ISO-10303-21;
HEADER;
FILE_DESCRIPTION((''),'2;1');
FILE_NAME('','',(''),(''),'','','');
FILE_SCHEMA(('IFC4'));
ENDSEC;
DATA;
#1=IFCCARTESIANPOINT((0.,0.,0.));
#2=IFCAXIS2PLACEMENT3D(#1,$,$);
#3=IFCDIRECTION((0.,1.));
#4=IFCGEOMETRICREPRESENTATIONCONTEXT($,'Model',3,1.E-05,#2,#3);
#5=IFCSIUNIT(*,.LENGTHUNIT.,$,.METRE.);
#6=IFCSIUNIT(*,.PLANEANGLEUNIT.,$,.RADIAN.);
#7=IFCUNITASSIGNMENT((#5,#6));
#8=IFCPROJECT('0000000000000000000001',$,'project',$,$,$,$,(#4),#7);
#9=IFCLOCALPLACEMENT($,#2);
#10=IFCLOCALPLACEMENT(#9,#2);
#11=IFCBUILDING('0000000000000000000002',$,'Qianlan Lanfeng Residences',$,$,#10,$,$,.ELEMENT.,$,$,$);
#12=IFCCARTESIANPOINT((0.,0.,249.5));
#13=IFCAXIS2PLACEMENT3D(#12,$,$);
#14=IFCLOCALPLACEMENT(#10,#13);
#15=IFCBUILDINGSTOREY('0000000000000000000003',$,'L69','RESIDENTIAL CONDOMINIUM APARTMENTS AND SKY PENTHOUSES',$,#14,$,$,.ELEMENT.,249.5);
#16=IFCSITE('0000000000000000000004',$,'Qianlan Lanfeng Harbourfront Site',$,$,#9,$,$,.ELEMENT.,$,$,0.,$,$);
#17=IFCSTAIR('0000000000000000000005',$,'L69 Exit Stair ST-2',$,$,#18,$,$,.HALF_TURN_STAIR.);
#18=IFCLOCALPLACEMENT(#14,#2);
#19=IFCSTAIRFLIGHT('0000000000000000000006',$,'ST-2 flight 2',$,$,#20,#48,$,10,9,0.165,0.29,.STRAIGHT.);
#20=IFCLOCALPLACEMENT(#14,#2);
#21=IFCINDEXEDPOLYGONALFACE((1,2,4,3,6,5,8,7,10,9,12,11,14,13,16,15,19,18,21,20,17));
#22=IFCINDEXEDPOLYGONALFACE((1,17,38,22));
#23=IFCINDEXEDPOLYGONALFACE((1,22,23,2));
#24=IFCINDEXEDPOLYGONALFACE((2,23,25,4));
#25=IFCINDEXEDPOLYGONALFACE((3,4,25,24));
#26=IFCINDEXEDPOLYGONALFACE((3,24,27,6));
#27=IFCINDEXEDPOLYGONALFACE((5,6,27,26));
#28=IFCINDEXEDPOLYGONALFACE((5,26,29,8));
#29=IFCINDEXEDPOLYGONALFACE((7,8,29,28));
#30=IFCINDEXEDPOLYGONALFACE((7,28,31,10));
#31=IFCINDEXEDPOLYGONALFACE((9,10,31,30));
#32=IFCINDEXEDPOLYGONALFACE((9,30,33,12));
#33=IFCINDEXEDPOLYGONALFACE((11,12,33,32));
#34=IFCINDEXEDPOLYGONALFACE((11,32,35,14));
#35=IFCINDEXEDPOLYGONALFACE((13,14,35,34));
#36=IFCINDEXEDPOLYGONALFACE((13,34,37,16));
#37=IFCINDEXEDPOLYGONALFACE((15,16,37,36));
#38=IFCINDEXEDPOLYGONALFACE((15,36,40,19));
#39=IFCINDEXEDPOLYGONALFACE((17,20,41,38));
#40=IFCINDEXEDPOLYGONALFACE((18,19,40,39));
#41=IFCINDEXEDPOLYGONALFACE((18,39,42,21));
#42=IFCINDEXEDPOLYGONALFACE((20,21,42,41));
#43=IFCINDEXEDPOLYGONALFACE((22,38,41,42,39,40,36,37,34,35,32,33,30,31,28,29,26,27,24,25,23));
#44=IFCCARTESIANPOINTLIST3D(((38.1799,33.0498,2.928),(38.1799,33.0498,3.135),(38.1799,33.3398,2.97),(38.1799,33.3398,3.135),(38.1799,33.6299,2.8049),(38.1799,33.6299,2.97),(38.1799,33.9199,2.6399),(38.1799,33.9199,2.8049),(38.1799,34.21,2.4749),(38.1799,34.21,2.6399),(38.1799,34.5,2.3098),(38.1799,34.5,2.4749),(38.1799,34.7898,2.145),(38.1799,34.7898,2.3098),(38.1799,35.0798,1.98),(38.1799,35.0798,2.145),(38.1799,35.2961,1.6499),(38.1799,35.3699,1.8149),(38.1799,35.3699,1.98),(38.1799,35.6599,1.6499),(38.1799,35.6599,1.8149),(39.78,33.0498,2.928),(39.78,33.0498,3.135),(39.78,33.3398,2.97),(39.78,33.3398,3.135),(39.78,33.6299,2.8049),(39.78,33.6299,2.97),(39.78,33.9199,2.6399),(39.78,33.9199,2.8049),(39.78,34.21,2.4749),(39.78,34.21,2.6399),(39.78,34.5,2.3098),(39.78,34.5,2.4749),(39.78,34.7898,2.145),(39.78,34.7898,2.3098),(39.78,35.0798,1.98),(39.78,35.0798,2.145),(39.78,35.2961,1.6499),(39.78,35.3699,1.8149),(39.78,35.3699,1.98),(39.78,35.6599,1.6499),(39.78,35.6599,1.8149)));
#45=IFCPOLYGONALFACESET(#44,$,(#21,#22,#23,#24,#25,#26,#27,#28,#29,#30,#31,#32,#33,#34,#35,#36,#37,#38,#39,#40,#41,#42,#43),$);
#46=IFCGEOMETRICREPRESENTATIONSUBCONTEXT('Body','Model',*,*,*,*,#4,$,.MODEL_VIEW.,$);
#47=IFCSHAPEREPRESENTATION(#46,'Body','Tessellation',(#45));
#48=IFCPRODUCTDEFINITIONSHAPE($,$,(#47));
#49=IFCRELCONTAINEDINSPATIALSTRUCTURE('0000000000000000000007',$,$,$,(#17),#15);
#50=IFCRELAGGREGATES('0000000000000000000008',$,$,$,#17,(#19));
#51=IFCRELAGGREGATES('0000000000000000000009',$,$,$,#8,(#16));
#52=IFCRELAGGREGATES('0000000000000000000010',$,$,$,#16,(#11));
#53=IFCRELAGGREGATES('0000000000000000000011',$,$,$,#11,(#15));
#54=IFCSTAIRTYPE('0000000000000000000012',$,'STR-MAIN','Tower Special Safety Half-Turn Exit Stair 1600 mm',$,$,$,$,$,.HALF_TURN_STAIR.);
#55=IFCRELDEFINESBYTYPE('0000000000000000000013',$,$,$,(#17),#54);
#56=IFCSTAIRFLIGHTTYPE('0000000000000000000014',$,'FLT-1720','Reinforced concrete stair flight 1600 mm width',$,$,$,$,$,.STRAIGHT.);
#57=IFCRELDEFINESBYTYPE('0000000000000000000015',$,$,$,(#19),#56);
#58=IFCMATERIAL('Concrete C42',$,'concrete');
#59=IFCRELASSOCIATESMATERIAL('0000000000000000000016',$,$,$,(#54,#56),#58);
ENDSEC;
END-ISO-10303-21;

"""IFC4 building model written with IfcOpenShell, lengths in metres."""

from ifc_helpers import new_model, si_unit, direction, frame, origin, place, context, subcontext, project, spatial, polyline, outline, extrude, material, type_object, element, aggregate, save


model = new_model("IFC4")

# Units and contexts
model_context = context("Model", 3, precision=1e-05, world=origin(), true_north=direction((0.0, 1.0)))
body_context = subcontext(model_context, "Body", "Model", "MODEL_VIEW")
ifc_project = project(units=[si_unit("LENGTHUNIT", "METRE"), si_unit("PLANEANGLEUNIT", "RADIAN")], contexts=[model_context])

# Site, building, storey
site_placement = place(None, origin())
site = spatial("IfcSite", under=ifc_project, at=site_placement, Name="Qianlan Lanfeng Harbourfront Site", CompositionType="ELEMENT", RefElevation=0.0)
building_placement = place(site_placement, origin())
building = spatial("IfcBuilding", under=site, at=building_placement, Name="Qianlan Lanfeng Residences", CompositionType="ELEMENT")
storey_placement = place(building_placement, frame((0.0, 0.0, 249.5)))
storey = spatial("IfcBuildingStorey", under=building, at=storey_placement, Name="L69", Description="RESIDENTIAL CONDOMINIUM APARTMENTS AND SKY PENTHOUSES", CompositionType="ELEMENT", Elevation=249.5)

# Shared definitions
ifc_material_1 = material(Name="Concrete C42", Category="concrete")

# Stair, stair flight
stair_type = type_object("IfcStairType", Name="STR-MAIN", Description="Tower Special Safety Half-Turn Exit Stair 1600 mm", PredefinedType="HALF_TURN_STAIR", material=ifc_material_1)
stair_placement = place(storey_placement, origin())
stair = element("IfcStair", 1, at=stair_placement, inside=storey, type_object=stair_type, Name="L69 Exit Stair ST-2", PredefinedType="HALF_TURN_STAIR")
stair_flight_type = type_object("IfcStairFlightType", Name="FLT-1720", Description="Reinforced concrete stair flight 1600 mm width", PredefinedType="STRAIGHT", material=ifc_material_1)
stair_flight_1_placement = place(storey_placement, frame((38.98, 35.6599, 1.6499), z_axis=(0.0, 0.0, 1.0), x_axis=(0.0, -1.0, 0.0)))
stair_flight_1 = element("IfcStairFlight", 2, at=stair_flight_1_placement, type_object=stair_flight_type, Name="ST-2 flight 2", NumberOfRisers=10, NumberOfTreads=9, PredefinedType="STRAIGHT", RiserHeight=0.165, TreadLength=0.29, context=body_context, shape_type="SweptSolid", body=[
    extrude(outline(polyline([(0.0, 0.0), (0.0, 0.165), (0.29, 0.165), (0.29, 0.3301), (0.5801, 0.3301), (0.5801, 0.4951), (0.8701, 0.4951), (0.8701, 0.6599), (1.1599, 0.6599), (1.1599, 0.825), (1.45, 0.825), (1.45, 0.99), (1.74, 0.99), (1.74, 1.155), (2.03, 1.155), (2.03, 1.3201), (2.3201, 1.3201), (2.3201, 1.4851), (2.6101, 1.4851), (2.6101, 1.6499), (2.6101, 1.2781), (0.3638, 0.0), (0.0, 0.0)])), frame((0.0, 0.8, 0.0), z_axis=(0.0, -1.0, 0.0), x_axis=(1.0, 0.0, 0.0)), (0.0, 0.0, 1.0), 1.6001),
])
aggregate(stair, [stair_flight_1])

save(model, "model.ifc")
